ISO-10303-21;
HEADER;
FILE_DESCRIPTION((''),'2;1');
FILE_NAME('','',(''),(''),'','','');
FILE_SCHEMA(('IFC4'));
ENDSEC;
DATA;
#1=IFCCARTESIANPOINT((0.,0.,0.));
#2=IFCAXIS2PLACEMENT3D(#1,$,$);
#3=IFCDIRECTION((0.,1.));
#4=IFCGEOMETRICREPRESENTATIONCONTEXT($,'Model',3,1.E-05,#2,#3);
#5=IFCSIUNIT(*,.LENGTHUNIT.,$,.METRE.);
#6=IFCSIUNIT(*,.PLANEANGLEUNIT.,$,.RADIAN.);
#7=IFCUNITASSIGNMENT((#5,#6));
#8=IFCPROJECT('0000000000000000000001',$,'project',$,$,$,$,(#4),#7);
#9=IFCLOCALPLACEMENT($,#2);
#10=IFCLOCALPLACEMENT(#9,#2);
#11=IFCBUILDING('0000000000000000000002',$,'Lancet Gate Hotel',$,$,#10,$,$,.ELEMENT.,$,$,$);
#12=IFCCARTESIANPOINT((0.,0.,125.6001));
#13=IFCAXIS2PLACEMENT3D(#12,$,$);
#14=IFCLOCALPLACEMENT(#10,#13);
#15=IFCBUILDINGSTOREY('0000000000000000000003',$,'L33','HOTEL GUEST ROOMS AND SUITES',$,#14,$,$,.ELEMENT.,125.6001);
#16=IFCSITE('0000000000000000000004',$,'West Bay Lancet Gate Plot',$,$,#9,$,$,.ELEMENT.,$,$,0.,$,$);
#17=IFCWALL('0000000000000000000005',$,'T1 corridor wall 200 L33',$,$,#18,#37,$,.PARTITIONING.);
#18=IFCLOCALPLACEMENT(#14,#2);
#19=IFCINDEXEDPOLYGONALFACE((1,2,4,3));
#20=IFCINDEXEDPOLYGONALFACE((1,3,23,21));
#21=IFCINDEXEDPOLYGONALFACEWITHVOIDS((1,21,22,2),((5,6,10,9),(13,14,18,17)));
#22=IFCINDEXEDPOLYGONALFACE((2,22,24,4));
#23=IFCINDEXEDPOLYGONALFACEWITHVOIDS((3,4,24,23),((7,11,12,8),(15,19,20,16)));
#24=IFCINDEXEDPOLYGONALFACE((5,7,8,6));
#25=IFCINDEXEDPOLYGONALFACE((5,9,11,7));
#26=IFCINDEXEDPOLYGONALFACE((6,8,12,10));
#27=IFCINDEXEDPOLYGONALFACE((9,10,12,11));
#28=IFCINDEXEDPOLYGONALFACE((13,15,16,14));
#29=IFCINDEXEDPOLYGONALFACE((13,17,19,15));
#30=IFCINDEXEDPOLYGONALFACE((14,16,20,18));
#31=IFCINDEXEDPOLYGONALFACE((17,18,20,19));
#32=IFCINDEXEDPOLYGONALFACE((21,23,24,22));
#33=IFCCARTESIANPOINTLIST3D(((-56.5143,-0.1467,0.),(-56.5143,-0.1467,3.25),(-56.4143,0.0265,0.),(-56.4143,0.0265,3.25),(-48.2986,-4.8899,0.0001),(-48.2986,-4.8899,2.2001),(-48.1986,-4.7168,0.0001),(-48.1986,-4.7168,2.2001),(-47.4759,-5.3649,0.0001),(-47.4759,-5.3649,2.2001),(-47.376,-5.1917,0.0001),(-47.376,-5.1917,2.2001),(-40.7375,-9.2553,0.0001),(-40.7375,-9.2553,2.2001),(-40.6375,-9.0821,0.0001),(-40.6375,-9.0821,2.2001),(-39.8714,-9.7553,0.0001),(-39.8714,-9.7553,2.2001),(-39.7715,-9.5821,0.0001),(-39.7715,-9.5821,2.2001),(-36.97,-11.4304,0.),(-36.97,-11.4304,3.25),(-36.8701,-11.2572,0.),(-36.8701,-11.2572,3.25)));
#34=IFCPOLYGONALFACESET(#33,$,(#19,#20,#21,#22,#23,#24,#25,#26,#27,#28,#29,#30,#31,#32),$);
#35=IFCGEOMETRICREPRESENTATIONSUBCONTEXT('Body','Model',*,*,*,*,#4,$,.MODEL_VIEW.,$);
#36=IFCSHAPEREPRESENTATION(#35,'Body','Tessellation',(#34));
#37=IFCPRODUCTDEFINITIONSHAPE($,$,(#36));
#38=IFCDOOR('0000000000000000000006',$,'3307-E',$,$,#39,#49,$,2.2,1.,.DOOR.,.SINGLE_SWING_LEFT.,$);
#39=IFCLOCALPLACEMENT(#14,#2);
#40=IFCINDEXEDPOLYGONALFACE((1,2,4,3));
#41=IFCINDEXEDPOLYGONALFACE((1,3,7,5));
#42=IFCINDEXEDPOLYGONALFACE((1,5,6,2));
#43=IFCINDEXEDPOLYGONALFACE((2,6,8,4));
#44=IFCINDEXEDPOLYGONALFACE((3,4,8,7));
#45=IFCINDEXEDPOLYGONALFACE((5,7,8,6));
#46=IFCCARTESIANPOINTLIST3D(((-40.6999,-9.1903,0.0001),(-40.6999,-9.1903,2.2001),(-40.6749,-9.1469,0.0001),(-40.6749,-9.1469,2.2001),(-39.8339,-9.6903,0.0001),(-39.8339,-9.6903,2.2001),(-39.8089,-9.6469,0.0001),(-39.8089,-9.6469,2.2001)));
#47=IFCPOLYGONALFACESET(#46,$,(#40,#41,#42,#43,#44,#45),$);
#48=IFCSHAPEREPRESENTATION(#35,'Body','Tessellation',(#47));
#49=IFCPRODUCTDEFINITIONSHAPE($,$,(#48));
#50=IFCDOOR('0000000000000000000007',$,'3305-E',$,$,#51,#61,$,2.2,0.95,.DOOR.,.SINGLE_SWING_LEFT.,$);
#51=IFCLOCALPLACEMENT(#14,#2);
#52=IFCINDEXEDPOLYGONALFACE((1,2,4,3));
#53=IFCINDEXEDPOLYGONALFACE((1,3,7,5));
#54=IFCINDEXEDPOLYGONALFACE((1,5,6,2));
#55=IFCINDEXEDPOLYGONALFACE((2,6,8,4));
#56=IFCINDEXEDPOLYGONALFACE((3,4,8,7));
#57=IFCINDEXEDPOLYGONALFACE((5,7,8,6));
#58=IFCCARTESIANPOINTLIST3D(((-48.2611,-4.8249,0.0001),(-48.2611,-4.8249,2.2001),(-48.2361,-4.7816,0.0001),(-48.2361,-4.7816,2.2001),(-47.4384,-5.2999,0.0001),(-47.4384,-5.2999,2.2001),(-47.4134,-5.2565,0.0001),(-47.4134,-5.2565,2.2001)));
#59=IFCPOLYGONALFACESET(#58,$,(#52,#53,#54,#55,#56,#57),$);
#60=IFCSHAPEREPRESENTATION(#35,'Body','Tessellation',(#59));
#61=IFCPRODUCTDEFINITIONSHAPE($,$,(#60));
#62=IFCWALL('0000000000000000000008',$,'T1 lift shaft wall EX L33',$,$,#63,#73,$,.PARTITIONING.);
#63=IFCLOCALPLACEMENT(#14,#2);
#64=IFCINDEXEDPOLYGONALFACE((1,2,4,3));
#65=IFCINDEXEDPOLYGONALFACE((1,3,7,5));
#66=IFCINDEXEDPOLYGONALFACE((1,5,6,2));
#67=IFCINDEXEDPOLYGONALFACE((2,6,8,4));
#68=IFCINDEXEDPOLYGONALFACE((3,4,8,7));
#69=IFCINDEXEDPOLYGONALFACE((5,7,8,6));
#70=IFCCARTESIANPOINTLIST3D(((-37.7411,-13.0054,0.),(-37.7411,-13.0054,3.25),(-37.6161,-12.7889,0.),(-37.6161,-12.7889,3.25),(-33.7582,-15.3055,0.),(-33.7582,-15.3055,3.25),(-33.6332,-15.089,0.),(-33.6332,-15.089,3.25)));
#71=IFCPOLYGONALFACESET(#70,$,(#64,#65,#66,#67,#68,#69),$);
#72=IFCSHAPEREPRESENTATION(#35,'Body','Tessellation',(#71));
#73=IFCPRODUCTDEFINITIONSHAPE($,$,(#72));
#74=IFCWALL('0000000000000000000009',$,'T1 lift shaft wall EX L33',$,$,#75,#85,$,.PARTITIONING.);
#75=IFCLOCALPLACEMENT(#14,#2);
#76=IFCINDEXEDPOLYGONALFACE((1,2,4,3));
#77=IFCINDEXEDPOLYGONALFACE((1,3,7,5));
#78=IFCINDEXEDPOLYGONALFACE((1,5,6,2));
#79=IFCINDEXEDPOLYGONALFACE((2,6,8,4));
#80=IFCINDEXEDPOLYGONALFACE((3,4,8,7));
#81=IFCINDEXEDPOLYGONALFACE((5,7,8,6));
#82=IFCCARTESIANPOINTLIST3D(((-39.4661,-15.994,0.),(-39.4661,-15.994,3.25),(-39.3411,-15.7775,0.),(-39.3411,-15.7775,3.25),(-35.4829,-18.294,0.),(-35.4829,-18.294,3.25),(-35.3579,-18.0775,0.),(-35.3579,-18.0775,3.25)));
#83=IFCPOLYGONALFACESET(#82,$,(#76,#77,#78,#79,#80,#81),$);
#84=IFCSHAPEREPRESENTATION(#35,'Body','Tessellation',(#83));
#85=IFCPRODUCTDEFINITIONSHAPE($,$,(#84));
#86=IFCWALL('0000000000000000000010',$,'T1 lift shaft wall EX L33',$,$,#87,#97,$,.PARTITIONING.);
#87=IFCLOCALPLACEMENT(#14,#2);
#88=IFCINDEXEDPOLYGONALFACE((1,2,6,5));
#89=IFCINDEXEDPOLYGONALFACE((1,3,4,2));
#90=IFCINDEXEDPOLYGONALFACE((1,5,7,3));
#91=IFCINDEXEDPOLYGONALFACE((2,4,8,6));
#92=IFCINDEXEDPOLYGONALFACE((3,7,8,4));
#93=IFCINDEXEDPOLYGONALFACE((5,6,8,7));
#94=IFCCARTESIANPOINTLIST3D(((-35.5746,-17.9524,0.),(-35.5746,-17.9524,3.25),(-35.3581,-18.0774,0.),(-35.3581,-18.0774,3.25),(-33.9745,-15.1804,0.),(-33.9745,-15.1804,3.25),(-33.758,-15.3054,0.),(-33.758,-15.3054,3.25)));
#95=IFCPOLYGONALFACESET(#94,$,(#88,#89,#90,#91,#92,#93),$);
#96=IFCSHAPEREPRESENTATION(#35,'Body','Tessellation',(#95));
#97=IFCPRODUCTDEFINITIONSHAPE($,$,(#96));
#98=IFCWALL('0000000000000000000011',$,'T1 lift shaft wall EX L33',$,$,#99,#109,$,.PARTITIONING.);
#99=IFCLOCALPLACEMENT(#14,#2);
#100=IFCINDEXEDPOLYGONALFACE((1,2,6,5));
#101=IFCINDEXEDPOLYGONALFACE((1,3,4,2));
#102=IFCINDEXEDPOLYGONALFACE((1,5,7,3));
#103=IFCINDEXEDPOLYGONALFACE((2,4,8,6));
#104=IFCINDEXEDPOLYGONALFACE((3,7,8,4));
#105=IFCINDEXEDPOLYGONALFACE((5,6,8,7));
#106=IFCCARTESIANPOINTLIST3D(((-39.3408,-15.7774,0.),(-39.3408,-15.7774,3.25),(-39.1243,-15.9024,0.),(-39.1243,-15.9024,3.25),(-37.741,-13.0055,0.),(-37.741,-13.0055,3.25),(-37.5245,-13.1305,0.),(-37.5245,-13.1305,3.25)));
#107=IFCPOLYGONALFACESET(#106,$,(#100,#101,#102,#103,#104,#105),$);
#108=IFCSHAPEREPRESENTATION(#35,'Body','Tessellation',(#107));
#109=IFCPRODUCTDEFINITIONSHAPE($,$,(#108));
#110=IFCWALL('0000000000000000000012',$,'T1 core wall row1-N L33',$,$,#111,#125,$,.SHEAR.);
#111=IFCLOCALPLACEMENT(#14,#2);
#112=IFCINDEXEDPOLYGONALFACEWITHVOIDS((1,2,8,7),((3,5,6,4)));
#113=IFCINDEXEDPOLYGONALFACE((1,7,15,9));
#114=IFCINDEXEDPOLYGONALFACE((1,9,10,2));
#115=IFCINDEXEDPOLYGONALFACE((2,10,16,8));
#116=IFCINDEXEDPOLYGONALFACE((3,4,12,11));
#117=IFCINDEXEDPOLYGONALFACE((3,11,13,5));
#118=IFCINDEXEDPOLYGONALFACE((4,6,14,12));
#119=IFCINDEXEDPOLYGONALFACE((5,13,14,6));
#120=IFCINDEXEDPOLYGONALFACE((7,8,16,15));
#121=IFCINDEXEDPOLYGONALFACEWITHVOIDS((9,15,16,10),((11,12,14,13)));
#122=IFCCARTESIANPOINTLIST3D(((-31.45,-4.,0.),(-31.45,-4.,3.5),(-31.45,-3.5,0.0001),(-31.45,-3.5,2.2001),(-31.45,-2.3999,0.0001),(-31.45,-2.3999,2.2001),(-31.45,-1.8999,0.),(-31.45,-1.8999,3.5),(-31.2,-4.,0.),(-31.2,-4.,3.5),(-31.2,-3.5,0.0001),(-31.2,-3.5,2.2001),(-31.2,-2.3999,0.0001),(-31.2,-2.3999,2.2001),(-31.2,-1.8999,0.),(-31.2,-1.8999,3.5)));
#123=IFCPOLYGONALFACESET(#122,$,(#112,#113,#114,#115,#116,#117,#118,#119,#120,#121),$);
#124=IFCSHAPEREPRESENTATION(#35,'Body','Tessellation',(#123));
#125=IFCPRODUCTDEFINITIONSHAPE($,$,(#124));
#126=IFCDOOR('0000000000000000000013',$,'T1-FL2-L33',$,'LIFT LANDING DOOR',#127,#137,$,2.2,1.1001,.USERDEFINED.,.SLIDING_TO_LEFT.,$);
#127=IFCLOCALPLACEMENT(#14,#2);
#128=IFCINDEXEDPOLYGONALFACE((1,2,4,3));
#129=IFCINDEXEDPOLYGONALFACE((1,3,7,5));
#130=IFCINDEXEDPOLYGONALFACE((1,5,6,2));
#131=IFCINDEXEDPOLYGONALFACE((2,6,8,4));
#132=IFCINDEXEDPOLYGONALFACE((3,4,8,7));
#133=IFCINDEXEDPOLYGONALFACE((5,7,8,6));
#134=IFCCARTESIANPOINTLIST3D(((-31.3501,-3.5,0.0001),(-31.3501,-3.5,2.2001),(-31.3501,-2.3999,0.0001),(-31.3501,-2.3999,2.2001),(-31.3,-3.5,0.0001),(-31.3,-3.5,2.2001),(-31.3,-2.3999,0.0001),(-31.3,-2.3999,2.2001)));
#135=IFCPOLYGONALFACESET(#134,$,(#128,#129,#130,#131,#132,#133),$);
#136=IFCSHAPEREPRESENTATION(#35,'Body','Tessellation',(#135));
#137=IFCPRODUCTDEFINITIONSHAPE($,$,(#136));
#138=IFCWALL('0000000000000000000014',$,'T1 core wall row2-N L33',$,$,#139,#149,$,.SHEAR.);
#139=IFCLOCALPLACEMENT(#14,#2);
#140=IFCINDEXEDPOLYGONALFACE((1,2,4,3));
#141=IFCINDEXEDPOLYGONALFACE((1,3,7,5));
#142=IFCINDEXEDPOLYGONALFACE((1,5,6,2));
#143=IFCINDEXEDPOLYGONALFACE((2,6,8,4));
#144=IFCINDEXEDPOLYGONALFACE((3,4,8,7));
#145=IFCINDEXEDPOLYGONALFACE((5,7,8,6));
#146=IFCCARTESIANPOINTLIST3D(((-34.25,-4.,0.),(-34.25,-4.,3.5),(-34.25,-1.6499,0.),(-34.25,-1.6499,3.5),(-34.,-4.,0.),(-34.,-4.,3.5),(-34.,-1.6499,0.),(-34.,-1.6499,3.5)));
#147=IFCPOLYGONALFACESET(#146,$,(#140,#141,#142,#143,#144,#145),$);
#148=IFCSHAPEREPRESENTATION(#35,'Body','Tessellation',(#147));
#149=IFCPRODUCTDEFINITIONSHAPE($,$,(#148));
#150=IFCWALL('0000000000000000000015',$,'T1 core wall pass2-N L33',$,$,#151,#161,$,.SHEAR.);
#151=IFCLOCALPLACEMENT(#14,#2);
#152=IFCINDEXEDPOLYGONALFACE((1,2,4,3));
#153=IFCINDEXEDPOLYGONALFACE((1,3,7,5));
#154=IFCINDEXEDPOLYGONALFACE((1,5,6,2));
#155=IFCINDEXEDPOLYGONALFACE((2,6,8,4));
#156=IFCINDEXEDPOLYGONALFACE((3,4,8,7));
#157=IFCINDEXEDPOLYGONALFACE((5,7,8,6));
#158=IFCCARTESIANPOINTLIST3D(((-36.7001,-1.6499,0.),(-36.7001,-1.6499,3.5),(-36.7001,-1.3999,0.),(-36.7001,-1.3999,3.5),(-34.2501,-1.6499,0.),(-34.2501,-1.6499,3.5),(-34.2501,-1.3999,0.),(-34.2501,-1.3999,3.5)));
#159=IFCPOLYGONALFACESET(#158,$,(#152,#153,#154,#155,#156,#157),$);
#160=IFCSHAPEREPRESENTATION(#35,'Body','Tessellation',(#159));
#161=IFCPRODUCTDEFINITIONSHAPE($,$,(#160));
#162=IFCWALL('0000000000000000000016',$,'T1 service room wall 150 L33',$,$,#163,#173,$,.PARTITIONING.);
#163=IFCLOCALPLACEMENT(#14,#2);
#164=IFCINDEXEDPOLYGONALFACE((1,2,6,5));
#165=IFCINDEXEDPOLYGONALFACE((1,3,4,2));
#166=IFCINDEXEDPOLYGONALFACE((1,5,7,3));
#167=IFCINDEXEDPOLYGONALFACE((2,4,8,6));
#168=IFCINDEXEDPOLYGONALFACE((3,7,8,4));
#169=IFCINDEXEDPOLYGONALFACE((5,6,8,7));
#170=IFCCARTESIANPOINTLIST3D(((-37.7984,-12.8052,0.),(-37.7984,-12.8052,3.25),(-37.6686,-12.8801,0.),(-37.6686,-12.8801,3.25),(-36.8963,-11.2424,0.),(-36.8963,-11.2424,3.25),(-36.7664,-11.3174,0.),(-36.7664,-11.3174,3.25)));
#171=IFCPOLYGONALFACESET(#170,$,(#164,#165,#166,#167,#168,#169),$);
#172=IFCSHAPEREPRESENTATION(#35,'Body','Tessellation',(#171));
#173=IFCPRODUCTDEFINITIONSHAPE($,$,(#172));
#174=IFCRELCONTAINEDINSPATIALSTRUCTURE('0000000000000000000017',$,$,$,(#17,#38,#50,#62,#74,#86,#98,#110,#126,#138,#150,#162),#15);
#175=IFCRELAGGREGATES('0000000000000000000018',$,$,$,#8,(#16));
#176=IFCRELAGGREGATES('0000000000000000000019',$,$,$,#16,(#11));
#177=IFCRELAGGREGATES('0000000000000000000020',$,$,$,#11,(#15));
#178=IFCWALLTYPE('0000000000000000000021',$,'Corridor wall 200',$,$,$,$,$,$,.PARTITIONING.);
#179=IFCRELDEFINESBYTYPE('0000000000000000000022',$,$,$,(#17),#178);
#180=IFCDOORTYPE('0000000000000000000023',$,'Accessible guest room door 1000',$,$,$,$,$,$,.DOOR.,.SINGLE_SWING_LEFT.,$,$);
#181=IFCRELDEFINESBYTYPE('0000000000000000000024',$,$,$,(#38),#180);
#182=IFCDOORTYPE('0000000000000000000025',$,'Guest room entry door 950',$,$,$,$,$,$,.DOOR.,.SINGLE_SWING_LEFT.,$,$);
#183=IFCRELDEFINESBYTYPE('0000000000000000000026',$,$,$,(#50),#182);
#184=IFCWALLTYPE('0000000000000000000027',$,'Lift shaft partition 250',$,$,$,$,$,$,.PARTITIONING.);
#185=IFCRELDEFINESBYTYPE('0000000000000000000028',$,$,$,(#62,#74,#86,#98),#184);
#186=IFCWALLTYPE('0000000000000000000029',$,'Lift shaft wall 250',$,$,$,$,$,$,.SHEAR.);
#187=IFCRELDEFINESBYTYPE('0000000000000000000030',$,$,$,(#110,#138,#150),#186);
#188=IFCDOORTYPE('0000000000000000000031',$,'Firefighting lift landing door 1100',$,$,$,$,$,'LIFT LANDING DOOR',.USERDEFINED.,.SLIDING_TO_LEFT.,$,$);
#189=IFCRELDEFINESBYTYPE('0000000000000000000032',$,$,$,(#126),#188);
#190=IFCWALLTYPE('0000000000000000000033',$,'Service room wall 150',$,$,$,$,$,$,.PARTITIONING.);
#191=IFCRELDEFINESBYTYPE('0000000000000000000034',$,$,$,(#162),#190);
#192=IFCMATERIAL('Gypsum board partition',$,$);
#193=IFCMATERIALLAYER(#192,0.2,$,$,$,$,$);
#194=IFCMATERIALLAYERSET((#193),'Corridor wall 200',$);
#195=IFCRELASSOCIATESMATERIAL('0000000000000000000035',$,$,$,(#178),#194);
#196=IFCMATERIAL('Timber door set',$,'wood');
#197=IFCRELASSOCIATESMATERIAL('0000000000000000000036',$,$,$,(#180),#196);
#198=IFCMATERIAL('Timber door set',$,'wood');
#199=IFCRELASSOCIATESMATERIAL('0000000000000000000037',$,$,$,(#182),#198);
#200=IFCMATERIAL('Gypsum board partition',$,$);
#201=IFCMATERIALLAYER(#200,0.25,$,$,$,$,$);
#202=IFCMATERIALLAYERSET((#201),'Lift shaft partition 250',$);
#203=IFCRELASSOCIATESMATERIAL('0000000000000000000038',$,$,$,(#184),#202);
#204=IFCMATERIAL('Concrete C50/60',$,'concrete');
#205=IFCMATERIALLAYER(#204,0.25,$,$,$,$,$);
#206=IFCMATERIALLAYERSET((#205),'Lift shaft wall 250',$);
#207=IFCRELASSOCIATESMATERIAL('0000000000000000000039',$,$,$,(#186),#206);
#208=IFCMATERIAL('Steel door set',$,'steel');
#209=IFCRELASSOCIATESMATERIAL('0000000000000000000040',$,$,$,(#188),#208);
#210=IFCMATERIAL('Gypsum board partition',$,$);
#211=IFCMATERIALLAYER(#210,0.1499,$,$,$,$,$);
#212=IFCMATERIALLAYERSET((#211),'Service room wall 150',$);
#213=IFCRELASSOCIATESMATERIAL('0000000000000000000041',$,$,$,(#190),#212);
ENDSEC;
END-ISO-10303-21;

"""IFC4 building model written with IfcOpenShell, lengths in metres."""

from ifc_helpers import new_model, si_unit, direction, frame, frame_2d, origin, place, context, subcontext, project, spatial, rectangle, extrude, material, layer, layer_set, type_object, element, fill, save


model = new_model("IFC4")

# Units and contexts
model_context = context("Model", 3, precision=1e-05, world=origin(), true_north=direction((0.0, 1.0)))
body_context = subcontext(model_context, "Body", "Model", "MODEL_VIEW")
ifc_project = project(units=[si_unit("LENGTHUNIT", "METRE"), si_unit("PLANEANGLEUNIT", "RADIAN")], contexts=[model_context])

# Site, building, storey
site_placement = place(None, origin())
site = spatial("IfcSite", under=ifc_project, at=site_placement, Name="West Bay Lancet Gate Plot", CompositionType="ELEMENT", RefElevation=0.0)
building_placement = place(site_placement, origin())
building = spatial("IfcBuilding", under=site, at=building_placement, Name="Lancet Gate Hotel", CompositionType="ELEMENT")
storey_placement = place(building_placement, frame((0.0, 0.0, 125.6001)))
storey = spatial("IfcBuildingStorey", under=building, at=storey_placement, Name="L33", Description="HOTEL GUEST ROOMS AND SUITES", CompositionType="ELEMENT", Elevation=125.6001)

# Wall, openings, doors
ifc_material_1 = material(Name="Gypsum board partition")
ifc_layer_1 = layer(ifc_material_1, 0.2)
ifc_layer_set_1 = layer_set([ifc_layer_1], Name="Corridor wall 200")
wall_type_1 = type_object("IfcWallType", Name="Corridor wall 200", PredefinedType="PARTITIONING", material=ifc_layer_set_1)
wall_1_placement = place(storey_placement, frame((-36.9202, -11.3438, 0.0), z_axis=(0.0, 0.0, 1.0), x_axis=(-0.866028, 0.499995, 0.0)))
wall_1 = element("IfcWall", 1, at=wall_1_placement, inside=storey, type_object=wall_type_1, Name="T1 corridor wall 200 L33", PredefinedType="PARTITIONING", context=body_context, shape_type="SweptSolid", body=[
    extrude(rectangle(XDim=22.5676, YDim=0.2, at=frame_2d((11.2837, 0.0))), origin(), (0.0, 0.0, 1.0), 3.25),
])
opening_1_placement = place(wall_1_placement, frame((12.1309, 0.0, 0.0)))
opening_1 = element("IfcOpeningElement", 2, at=opening_1_placement, cuts=wall_1, PredefinedType="OPENING", context=body_context, shape_type="SweptSolid", body=[
    extrude(rectangle(XDim=0.95, YDim=2.2, at=frame_2d((0.4751, 1.1001))), frame((0.0, 0.1099, 0.0), z_axis=(0.0, -1.0, 0.0), x_axis=(1.0, 0.0, 0.0)), (0.0, 0.0, 1.0), 0.22),
])
opening_2_placement = place(wall_1_placement, frame((3.3501, 0.0, 0.0)))
opening_2 = element("IfcOpeningElement", 3, at=opening_2_placement, cuts=wall_1, PredefinedType="OPENING", context=body_context, shape_type="SweptSolid", body=[
    extrude(rectangle(XDim=1.0, YDim=2.2, at=frame_2d((0.5, 1.1001))), frame((0.0, 0.1099, 0.0), z_axis=(0.0, -1.0, 0.0), x_axis=(1.0, 0.0, 0.0)), (0.0, 0.0, 1.0), 0.22),
])
ifc_material_2 = material(Name="Timber door set", Category="wood")
door_type_1 = type_object("IfcDoorType", Name="Accessible guest room door 1000", OperationType="SINGLE_SWING_LEFT", PredefinedType="DOOR", material=ifc_material_2)
door_1_placement = place(opening_2_placement, origin())
door_1 = element("IfcDoor", 4, at=door_1_placement, inside=storey, type_object=door_type_1, Name="3307-E", OperationType="SINGLE_SWING_LEFT", OverallHeight=2.2, OverallWidth=1.0, PredefinedType="DOOR", context=body_context, shape_type="SweptSolid", body=[
    extrude(rectangle(XDim=1.0, YDim=2.2, at=frame_2d((0.5, 1.1001))), frame((0.0, 0.0249, 0.0), z_axis=(0.0, -1.0, 0.0), x_axis=(1.0, 0.0, 0.0)), (0.0, 0.0, 1.0), 0.05),
])
fill(opening_2, door_1)
ifc_material_3 = material(Name="Timber door set", Category="wood")
door_type_2 = type_object("IfcDoorType", Name="Guest room entry door 950", OperationType="SINGLE_SWING_LEFT", PredefinedType="DOOR", material=ifc_material_3)
door_2_placement = place(opening_1_placement, origin())
door_2 = element("IfcDoor", 5, at=door_2_placement, inside=storey, type_object=door_type_2, Name="3305-E", OperationType="SINGLE_SWING_LEFT", OverallHeight=2.2, OverallWidth=0.95, PredefinedType="DOOR", context=body_context, shape_type="SweptSolid", body=[
    extrude(rectangle(XDim=0.95, YDim=2.2, at=frame_2d((0.4751, 1.1001))), frame((0.0, 0.0249, 0.0), z_axis=(0.0, -1.0, 0.0), x_axis=(1.0, 0.0, 0.0)), (0.0, 0.0, 1.0), 0.05),
])
fill(opening_1, door_2)

# Walls
ifc_material_4 = material(Name="Gypsum board partition")
ifc_layer_2 = layer(ifc_material_4, 0.25)
ifc_layer_set_2 = layer_set([ifc_layer_2], Name="Lift shaft partition 250")
wall_type_2 = type_object("IfcWallType", Name="Lift shaft partition 250", PredefinedType="PARTITIONING", material=ifc_layer_set_2)
wall_2_placement = place(storey_placement, frame((-33.6956, -15.1973, 0.0), z_axis=(0.0, 0.0, 1.0), x_axis=(-0.865977, 0.500084, 0.0)))
element("IfcWall", 6, at=wall_2_placement, inside=storey, type_object=wall_type_2, Name="T1 lift shaft wall EX L33", PredefinedType="PARTITIONING", context=body_context, shape_type="SweptSolid", body=[
    extrude(rectangle(XDim=4.5994, YDim=0.25, at=frame_2d((2.2998, 0.0))), origin(), (0.0, 0.0, 1.0), 3.25),
])
wall_3_placement = place(storey_placement, frame((-35.4204, -18.1858, 0.0), z_axis=(0.0, 0.0, 1.0), x_axis=(-0.86599, 0.500061, 0.0)))
element("IfcWall", 7, at=wall_3_placement, inside=storey, type_object=wall_type_2, Name="T1 lift shaft wall EX L33", PredefinedType="PARTITIONING", context=body_context, shape_type="SweptSolid", body=[
    extrude(rectangle(XDim=4.5996, YDim=0.25, at=frame_2d((2.2998, 0.0))), origin(), (0.0, 0.0, 1.0), 3.25),
])
wall_4_placement = place(storey_placement, frame((-33.8662, -15.2429, 0.0), z_axis=(0.0, 0.0, 1.0), x_axis=(-0.499929, -0.866066, 0.0)))
element("IfcWall", 8, at=wall_4_placement, inside=storey, type_object=wall_type_2, Name="T1 lift shaft wall EX L33", PredefinedType="PARTITIONING", context=body_context, shape_type="SweptSolid", body=[
    extrude(rectangle(XDim=3.2007, YDim=0.25, at=frame_2d((1.6003, 0.0))), origin(), (0.0, 0.0, 1.0), 3.25),
])
wall_5_placement = place(storey_placement, frame((-37.6328, -13.0681, 0.0), z_axis=(0.0, 0.0, 1.0), x_axis=(-0.499872, -0.866099, 0.0)))
element("IfcWall", 9, at=wall_5_placement, inside=storey, type_object=wall_type_2, Name="T1 lift shaft wall EX L33", PredefinedType="PARTITIONING", context=body_context, shape_type="SweptSolid", body=[
    extrude(rectangle(XDim=3.2004, YDim=0.25, at=frame_2d((1.6001, 0.0))), origin(), (0.0, 0.0, 1.0), 3.25),
])

# Wall, opening, door
ifc_material_5 = material(Name="Concrete C50/60", Category="concrete")
ifc_layer_3 = layer(ifc_material_5, 0.25)
ifc_layer_set_3 = layer_set([ifc_layer_3], Name="Lift shaft wall 250")
wall_type_3 = type_object("IfcWallType", Name="Lift shaft wall 250", PredefinedType="SHEAR", material=ifc_layer_set_3)
wall_6_placement = place(storey_placement, frame((-31.325, -1.8999, 0.0), z_axis=(0.0, 0.0, 1.0), x_axis=(0.0, -1.0, 0.0)))
wall_6 = element("IfcWall", 10, at=wall_6_placement, inside=storey, type_object=wall_type_3, Name="T1 core wall row1-N L33", PredefinedType="SHEAR", context=body_context, shape_type="SweptSolid", body=[
    extrude(rectangle(XDim=2.1001, YDim=0.25, at=frame_2d((1.05, 0.0))), origin(), (0.0, 0.0, 1.0), 3.5),
])
opening_3_placement = place(wall_6_placement, frame((0.5, 0.0, 0.0)))
opening_3 = element("IfcOpeningElement", 11, at=opening_3_placement, cuts=wall_6, PredefinedType="OPENING", context=body_context, shape_type="SweptSolid", body=[
    extrude(rectangle(XDim=1.1001, YDim=2.2, at=frame_2d((0.55, 1.1001))), frame((0.0, 0.135, 0.0), z_axis=(0.0, -1.0, 0.0), x_axis=(1.0, 0.0, 0.0)), (0.0, 0.0, 1.0), 0.27),
])
ifc_material_6 = material(Name="Steel door set", Category="steel")
door_type_3 = type_object("IfcDoorType", Name="Firefighting lift landing door 1100", ElementType="LIFT LANDING DOOR", OperationType="SLIDING_TO_LEFT", PredefinedType="USERDEFINED", material=ifc_material_6)
door_3_placement = place(opening_3_placement, origin())
door_3 = element("IfcDoor", 12, at=door_3_placement, inside=storey, type_object=door_type_3, Name="T1-FL2-L33", ObjectType="LIFT LANDING DOOR", OperationType="SLIDING_TO_LEFT", OverallHeight=2.2, OverallWidth=1.1001, PredefinedType="USERDEFINED", context=body_context, shape_type="SweptSolid", body=[
    extrude(rectangle(XDim=1.1001, YDim=2.2, at=frame_2d((0.55, 1.1001))), frame((0.0, 0.0249, 0.0), z_axis=(0.0, -1.0, 0.0), x_axis=(1.0, 0.0, 0.0)), (0.0, 0.0, 1.0), 0.05),
])
fill(opening_3, door_3)

# Walls
wall_7_placement = place(storey_placement, frame((-34.125, -1.6499, 0.0), z_axis=(0.0, 0.0, 1.0), x_axis=(0.0, -1.0, 0.0)))
element("IfcWall", 13, at=wall_7_placement, inside=storey, type_object=wall_type_3, Name="T1 core wall row2-N L33", PredefinedType="SHEAR", context=body_context, shape_type="SweptSolid", body=[
    extrude(rectangle(XDim=2.3501, YDim=0.25, at=frame_2d((1.175, 0.0))), origin(), (0.0, 0.0, 1.0), 3.5),
])
wall_8_placement = place(storey_placement, frame((-34.25, -1.5249, 0.0), z_axis=(0.0, 0.0, 1.0), x_axis=(-1.0, 0.0, 0.0)))
element("IfcWall", 14, at=wall_8_placement, inside=storey, type_object=wall_type_3, Name="T1 core wall pass2-N L33", PredefinedType="SHEAR", context=body_context, shape_type="SweptSolid", body=[
    extrude(rectangle(XDim=2.45, YDim=0.25, at=frame_2d((1.2251, 0.0))), origin(), (0.0, 0.0, 1.0), 3.5),
])
ifc_material_7 = material(Name="Gypsum board partition")
ifc_layer_4 = layer(ifc_material_7, 0.1499)
ifc_layer_set_4 = layer_set([ifc_layer_4], Name="Service room wall 150")
wall_type_4 = type_object("IfcWallType", Name="Service room wall 150", PredefinedType="PARTITIONING", material=ifc_layer_set_4)
wall_9_placement = place(storey_placement, frame((-36.8313, -11.2798, 0.0), z_axis=(0.0, 0.0, 1.0), x_axis=(-0.499937, -0.866062, 0.0)))
element("IfcWall", 15, at=wall_9_placement, inside=storey, type_object=wall_type_4, Name="T1 service room wall 150 L33", PredefinedType="PARTITIONING", context=body_context, shape_type="SweptSolid", body=[
    extrude(rectangle(XDim=1.8044, YDim=0.1499, at=frame_2d((0.9023, 0.0))), origin(), (0.0, 0.0, 1.0), 3.25),
])

save(model, "model.ifc")
